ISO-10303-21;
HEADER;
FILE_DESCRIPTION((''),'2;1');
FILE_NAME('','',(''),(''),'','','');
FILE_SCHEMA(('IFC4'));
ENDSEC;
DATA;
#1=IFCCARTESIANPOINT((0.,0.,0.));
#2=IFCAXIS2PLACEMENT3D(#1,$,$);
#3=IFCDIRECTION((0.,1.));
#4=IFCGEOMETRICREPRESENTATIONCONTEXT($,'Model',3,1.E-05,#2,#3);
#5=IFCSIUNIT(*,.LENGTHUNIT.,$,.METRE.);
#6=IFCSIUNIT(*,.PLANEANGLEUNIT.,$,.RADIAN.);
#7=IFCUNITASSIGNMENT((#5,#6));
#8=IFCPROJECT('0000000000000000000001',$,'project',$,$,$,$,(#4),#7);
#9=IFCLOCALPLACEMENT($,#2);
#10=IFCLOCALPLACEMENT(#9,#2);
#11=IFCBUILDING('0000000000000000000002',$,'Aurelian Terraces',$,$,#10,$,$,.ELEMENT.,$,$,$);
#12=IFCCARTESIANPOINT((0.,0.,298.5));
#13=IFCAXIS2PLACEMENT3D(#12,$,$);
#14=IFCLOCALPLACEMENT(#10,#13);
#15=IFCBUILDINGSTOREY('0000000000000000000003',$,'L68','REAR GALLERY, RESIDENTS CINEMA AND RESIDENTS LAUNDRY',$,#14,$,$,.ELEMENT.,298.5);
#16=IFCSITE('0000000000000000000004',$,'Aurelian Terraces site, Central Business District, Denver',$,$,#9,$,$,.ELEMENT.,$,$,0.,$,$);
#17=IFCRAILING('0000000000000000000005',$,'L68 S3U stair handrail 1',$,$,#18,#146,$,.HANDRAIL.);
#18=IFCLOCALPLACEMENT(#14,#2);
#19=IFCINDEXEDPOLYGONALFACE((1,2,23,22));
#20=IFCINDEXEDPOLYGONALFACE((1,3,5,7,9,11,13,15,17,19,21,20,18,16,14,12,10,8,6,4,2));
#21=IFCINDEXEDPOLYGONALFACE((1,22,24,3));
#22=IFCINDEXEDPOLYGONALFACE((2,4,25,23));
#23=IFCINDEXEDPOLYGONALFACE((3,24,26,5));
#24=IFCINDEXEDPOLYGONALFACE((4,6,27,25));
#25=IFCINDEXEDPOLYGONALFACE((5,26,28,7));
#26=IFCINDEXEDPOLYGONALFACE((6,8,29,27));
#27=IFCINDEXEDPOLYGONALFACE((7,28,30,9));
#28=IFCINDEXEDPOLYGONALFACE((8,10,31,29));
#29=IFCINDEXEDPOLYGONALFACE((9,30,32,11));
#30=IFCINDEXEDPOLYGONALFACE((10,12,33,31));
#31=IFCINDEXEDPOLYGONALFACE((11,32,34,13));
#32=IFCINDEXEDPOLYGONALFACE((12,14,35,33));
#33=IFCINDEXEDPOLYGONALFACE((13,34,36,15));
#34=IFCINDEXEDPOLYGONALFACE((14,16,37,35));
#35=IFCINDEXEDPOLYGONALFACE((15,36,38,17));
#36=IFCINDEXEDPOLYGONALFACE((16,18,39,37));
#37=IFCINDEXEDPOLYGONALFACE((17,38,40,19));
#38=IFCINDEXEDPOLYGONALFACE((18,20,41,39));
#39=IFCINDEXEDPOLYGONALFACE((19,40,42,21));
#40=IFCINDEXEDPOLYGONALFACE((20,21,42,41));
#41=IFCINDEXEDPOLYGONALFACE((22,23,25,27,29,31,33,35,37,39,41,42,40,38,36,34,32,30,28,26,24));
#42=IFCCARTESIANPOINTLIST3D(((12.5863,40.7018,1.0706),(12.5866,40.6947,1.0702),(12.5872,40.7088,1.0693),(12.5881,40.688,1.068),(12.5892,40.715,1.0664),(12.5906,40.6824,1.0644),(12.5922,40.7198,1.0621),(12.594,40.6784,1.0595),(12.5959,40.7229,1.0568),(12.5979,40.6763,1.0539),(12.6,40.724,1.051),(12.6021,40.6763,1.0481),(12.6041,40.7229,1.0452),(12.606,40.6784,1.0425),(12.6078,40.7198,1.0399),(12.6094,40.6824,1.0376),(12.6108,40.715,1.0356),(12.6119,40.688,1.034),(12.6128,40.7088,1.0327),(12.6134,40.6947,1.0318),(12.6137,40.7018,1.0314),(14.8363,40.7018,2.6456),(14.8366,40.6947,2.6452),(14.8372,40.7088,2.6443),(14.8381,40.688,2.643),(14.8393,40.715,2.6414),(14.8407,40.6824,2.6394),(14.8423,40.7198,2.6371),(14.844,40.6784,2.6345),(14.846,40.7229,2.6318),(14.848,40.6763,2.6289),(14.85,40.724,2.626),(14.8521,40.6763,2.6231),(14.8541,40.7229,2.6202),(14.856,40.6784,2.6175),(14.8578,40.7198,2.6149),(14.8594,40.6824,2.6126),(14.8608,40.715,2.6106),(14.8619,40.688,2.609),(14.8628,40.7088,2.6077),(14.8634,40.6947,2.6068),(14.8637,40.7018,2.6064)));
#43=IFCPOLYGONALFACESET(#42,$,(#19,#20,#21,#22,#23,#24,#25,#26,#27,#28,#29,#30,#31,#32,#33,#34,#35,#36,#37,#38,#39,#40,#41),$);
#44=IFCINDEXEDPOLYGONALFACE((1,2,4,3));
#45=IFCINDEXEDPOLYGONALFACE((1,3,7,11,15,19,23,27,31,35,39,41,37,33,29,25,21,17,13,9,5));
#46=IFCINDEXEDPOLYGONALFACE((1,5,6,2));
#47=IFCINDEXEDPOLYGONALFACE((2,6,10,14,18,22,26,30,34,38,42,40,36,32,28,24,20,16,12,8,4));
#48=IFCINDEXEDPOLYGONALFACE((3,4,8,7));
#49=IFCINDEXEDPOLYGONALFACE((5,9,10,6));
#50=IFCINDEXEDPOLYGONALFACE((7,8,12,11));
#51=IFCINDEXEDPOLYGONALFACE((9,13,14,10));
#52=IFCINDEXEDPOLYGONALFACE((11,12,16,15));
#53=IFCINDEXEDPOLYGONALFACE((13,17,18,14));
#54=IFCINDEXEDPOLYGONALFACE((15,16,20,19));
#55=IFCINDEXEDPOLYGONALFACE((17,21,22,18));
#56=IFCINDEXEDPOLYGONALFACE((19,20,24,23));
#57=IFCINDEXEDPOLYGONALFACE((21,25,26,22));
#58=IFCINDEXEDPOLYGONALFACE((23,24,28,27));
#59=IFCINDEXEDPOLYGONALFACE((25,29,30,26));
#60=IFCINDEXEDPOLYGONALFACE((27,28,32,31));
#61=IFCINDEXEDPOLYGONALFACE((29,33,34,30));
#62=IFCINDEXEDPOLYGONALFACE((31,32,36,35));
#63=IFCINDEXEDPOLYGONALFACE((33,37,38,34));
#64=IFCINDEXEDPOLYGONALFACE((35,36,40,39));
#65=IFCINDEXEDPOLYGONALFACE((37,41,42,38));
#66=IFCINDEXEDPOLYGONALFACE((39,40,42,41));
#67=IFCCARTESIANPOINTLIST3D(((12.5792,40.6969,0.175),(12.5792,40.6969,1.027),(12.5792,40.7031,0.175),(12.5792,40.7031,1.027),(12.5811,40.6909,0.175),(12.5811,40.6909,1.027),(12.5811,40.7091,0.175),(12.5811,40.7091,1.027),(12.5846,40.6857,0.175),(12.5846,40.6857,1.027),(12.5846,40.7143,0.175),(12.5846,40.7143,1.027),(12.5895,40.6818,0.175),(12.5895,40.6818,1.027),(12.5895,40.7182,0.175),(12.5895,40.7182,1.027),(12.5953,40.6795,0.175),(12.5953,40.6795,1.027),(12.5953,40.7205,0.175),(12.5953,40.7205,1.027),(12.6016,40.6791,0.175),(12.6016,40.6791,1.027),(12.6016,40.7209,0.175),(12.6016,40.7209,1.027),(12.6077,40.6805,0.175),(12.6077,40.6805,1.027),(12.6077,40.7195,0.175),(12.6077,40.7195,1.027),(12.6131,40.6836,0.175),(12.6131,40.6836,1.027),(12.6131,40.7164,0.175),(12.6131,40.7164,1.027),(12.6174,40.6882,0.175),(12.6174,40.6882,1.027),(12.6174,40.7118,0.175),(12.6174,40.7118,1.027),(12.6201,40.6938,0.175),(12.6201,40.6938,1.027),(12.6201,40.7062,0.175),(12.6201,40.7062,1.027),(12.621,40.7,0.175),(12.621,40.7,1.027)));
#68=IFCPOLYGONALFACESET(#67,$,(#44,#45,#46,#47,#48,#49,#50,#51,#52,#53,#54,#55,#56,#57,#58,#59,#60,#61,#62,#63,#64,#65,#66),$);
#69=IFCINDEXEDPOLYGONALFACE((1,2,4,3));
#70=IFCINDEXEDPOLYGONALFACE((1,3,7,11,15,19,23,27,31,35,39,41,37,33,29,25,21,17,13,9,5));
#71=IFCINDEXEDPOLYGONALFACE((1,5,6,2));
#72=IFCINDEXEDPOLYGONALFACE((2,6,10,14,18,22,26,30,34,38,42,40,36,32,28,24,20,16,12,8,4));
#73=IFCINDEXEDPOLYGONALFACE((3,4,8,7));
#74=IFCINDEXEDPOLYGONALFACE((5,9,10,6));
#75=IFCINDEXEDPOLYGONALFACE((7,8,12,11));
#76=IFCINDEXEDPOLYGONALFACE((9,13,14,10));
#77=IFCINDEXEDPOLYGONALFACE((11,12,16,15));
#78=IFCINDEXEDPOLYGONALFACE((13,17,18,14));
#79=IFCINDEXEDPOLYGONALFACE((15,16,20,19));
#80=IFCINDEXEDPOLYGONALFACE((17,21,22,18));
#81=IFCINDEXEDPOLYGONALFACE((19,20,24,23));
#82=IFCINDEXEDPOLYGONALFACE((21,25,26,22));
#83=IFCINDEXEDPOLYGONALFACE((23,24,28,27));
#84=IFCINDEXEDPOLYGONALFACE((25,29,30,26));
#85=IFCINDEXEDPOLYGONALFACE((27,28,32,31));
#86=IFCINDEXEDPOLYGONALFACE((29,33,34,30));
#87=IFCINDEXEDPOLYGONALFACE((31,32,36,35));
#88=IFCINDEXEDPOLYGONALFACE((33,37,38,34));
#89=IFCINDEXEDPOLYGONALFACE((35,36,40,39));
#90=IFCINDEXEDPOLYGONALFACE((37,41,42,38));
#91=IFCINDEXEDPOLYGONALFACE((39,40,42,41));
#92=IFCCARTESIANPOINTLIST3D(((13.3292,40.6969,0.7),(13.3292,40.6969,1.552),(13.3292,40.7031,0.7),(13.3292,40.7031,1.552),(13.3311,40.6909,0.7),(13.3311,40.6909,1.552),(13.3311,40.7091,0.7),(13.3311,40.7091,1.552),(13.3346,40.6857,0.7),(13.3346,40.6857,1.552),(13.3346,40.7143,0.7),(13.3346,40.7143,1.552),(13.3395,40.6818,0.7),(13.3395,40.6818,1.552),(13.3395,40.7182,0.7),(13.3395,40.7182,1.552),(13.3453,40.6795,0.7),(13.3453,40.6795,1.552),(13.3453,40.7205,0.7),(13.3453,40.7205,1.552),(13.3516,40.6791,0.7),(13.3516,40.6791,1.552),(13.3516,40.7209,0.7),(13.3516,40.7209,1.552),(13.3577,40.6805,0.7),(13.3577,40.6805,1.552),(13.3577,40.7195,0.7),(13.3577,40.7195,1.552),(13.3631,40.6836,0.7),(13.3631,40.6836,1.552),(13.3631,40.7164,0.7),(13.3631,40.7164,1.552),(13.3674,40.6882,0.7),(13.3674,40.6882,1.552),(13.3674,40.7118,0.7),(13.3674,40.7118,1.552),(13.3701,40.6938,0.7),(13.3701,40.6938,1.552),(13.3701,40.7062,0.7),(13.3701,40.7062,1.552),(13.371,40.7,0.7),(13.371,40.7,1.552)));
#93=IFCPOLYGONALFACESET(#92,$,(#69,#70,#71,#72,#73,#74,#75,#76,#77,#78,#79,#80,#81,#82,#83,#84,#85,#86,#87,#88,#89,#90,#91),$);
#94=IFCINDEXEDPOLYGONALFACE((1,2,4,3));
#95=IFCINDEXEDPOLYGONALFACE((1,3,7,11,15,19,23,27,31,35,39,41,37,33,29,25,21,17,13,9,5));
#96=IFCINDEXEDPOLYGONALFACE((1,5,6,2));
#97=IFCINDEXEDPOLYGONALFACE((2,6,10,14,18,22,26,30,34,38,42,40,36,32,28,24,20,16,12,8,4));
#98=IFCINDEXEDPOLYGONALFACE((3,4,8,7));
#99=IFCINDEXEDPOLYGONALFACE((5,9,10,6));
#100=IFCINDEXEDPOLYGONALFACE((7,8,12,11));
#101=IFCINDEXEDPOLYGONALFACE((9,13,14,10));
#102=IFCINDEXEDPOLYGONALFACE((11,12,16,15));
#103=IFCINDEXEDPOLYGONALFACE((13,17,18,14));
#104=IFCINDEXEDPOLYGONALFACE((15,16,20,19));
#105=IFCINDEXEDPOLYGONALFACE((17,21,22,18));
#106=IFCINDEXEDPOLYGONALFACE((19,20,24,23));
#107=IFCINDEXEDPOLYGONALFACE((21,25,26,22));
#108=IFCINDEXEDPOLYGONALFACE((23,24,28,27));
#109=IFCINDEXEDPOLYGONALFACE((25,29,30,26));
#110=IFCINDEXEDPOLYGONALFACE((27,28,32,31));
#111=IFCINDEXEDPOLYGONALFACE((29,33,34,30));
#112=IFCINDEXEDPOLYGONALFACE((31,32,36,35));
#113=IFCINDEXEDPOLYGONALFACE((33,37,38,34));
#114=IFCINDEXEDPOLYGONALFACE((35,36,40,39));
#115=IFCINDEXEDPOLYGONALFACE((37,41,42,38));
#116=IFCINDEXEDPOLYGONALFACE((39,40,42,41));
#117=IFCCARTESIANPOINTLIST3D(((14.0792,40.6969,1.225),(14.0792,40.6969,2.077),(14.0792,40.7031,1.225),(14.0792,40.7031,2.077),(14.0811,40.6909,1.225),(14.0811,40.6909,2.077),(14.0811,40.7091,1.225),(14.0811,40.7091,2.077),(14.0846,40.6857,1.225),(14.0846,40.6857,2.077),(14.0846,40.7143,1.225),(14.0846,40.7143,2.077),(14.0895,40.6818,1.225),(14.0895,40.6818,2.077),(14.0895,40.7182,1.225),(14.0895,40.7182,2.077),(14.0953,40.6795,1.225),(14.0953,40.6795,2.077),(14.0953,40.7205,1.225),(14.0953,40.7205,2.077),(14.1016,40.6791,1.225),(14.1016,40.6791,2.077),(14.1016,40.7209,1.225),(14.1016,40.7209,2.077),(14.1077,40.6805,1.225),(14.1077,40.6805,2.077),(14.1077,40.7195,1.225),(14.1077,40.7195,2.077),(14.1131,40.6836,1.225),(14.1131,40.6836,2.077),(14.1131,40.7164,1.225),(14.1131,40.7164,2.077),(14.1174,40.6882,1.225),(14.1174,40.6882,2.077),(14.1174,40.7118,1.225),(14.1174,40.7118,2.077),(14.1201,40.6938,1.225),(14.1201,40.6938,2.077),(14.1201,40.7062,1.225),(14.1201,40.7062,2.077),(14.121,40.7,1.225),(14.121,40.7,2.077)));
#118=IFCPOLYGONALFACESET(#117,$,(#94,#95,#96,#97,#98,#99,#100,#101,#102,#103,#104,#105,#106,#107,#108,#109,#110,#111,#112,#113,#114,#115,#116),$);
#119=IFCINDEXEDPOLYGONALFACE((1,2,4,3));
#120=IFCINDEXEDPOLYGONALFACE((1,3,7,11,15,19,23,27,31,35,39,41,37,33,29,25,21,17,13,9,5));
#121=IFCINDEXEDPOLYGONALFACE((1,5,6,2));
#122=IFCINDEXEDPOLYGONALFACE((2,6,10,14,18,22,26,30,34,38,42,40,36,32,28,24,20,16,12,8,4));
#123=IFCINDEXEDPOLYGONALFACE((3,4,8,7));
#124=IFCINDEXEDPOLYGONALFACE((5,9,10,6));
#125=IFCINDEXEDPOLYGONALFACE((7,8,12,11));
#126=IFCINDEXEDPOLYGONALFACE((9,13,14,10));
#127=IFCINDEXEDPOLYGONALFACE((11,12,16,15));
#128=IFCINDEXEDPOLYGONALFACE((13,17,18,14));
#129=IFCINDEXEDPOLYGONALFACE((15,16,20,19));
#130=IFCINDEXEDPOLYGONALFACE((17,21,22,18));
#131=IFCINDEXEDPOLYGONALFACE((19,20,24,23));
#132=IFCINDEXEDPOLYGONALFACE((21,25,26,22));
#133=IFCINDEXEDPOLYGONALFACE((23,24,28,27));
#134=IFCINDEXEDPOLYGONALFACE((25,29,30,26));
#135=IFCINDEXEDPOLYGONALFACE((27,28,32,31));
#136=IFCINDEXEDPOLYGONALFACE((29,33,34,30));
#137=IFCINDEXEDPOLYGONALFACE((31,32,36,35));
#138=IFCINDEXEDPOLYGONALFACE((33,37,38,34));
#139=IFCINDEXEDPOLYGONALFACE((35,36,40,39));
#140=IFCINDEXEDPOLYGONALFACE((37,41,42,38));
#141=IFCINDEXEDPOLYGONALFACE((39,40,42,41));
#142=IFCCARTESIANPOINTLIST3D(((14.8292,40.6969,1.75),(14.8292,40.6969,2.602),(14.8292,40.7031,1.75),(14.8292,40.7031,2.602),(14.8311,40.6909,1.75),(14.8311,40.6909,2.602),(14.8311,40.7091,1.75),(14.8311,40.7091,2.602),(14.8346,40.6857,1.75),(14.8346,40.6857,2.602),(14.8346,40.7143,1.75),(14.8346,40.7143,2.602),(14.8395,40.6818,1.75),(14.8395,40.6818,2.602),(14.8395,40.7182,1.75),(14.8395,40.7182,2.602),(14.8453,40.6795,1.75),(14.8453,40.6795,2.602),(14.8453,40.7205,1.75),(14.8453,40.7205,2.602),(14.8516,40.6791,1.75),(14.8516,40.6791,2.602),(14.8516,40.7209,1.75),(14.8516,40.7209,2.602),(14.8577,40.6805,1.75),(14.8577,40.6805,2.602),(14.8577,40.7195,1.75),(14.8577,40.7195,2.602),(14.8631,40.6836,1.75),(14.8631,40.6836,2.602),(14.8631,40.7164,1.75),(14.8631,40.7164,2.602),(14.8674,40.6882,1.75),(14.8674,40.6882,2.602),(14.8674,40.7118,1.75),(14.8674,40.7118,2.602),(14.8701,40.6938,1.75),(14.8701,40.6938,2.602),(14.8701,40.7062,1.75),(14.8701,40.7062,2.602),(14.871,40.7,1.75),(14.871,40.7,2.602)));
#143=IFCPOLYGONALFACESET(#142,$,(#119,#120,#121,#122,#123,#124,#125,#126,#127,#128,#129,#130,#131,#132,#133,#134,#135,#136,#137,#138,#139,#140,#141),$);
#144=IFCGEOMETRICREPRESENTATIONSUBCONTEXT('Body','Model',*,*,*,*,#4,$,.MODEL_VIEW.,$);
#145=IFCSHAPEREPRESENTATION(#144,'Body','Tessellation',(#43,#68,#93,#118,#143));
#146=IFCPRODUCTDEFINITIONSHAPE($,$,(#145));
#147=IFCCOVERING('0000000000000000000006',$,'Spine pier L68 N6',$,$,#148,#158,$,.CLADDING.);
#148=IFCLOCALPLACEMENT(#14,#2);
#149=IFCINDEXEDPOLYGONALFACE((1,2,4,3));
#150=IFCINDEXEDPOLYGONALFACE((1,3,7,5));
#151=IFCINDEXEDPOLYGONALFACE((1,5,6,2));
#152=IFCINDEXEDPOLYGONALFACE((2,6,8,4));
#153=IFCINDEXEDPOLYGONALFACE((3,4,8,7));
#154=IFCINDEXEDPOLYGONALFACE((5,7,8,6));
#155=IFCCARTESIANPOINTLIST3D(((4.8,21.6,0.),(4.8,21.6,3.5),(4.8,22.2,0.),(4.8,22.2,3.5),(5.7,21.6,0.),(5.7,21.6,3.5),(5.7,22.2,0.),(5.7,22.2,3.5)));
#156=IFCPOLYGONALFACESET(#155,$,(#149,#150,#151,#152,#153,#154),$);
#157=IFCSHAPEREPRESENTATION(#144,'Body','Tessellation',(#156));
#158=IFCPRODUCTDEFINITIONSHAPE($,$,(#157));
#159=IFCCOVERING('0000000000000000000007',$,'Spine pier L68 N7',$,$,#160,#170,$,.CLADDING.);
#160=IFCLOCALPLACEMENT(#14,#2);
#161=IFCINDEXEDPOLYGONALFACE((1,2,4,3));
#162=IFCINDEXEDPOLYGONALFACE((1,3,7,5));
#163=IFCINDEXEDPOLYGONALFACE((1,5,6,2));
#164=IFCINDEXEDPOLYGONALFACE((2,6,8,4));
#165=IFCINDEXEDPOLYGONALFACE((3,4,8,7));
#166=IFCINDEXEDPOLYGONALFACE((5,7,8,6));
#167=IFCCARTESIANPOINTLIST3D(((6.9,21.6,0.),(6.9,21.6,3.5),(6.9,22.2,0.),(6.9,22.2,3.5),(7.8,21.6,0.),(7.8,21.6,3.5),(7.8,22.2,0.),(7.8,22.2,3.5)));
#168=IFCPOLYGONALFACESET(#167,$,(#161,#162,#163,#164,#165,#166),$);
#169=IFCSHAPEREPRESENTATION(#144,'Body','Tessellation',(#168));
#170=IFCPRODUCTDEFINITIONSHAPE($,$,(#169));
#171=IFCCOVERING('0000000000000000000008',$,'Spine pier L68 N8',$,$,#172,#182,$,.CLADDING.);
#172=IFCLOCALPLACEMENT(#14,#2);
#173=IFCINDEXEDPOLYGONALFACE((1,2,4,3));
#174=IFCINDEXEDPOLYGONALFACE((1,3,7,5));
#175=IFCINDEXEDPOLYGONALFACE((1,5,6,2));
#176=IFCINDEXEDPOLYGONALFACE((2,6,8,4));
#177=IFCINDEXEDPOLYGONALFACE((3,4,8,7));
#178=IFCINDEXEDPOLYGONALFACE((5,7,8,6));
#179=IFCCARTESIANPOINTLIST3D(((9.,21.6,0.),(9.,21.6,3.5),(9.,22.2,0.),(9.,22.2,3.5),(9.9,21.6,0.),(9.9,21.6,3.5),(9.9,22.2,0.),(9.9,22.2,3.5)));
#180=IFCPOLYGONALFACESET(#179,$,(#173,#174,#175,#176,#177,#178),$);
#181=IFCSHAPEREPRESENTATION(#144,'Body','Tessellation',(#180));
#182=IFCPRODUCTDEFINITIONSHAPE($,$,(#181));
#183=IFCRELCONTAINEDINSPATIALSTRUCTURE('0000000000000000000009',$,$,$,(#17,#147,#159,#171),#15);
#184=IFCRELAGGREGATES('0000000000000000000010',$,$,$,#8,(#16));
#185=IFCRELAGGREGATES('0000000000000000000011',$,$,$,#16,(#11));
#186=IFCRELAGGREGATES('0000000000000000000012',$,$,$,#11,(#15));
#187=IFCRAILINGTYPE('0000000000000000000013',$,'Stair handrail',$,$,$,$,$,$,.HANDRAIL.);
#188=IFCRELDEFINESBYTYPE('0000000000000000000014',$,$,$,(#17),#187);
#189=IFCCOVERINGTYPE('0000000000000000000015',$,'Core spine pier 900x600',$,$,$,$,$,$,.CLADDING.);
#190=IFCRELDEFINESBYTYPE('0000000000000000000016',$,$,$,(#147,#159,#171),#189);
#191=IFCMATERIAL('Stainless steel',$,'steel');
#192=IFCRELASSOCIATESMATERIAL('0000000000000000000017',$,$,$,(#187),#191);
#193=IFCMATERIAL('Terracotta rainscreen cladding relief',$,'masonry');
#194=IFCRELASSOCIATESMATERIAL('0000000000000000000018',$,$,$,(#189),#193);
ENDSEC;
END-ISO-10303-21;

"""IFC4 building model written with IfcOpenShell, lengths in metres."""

from ifc_helpers import new_model, si_unit, direction, frame, origin, origin_2d, place, context, subcontext, project, spatial, rectangle, circle, extrude, source, transform, mapped, material, type_object, element, save


model = new_model("IFC4")

# Units and contexts
model_context = context("Model", 3, precision=1e-05, world=origin(), true_north=direction((0.0, 1.0)))
body_context = subcontext(model_context, "Body", "Model", "MODEL_VIEW")
ifc_project = project(units=[si_unit("LENGTHUNIT", "METRE"), si_unit("PLANEANGLEUNIT", "RADIAN")], contexts=[model_context])

# Site, building, storey
site_placement = place(None, origin())
site = spatial("IfcSite", under=ifc_project, at=site_placement, Name="Aurelian Terraces site, Central Business District, Denver", CompositionType="ELEMENT", RefElevation=0.0)
building_placement = place(site_placement, origin())
building = spatial("IfcBuilding", under=site, at=building_placement, Name="Aurelian Terraces", CompositionType="ELEMENT")
storey_placement = place(building_placement, frame((0.0, 0.0, 298.5)))
storey = spatial("IfcBuildingStorey", under=building, at=storey_placement, Name="L68", Description="REAR GALLERY, RESIDENTS CINEMA AND RESIDENTS LAUNDRY", CompositionType="ELEMENT", Elevation=298.5)

# Shared definitions
ifc_material_1 = material(Name="Terracotta rainscreen cladding relief", Category="masonry")

# Railing
ifc_material_2 = material(Name="Stainless steel", Category="steel")
railing_type_1 = type_object("IfcRailingType", Name="Stair handrail", PredefinedType="HANDRAIL", material=ifc_material_2)
shared_shape_1 = source(origin(), body_context, "Body", "SweptSolid", [
    extrude(circle(Radius=0.024, at=origin_2d()), frame((0.0, 0.0, 0.876), z_axis=(0.819232, 0.0, 0.573462), x_axis=(0.0, 1.0, 0.0)), (0.0, 0.0, 1.0), 2.7465),
    extrude(circle(Radius=0.021, at=origin_2d()), origin(), (0.0, 0.0, 1.0), 0.852),
    extrude(circle(Radius=0.021, at=origin_2d()), frame((0.75, 0.0, 0.525)), (0.0, 0.0, 1.0), 0.852),
    extrude(circle(Radius=0.021, at=origin_2d()), frame((1.5, 0.0, 1.05)), (0.0, 0.0, 1.0), 0.852),
    extrude(circle(Radius=0.021, at=origin_2d()), frame((2.25, 0.0, 1.575)), (0.0, 0.0, 1.0), 0.852),
])
railing_1_placement = place(storey_placement, frame((12.6, 40.7, 0.175)))
element("IfcRailing", 1, at=railing_1_placement, inside=storey, type_object=railing_type_1, Name="L68 S3U stair handrail 1", PredefinedType="HANDRAIL", context=body_context, shape_type="MappedRepresentation", body=[
    mapped(shared_shape_1, transform((0.0, 0.0, 0.0), scale=1.0)),
])

# Coverings
covering_type_1 = type_object("IfcCoveringType", Name="Core spine pier 900x600", PredefinedType="CLADDING", material=ifc_material_1)
shared_shape_2 = source(origin(), body_context, "Body", "SweptSolid", [
    extrude(rectangle(XDim=0.9, YDim=0.6, at=origin_2d()), origin(), (0.0, 0.0, 1.0), 3.5),
])
for number, where, z_axis, x_axis, name in (
    (2, (5.25, 21.9, 0.0), (0.0, 0.0, 1.0), (1.0, 0.0, 0.0), "Spine pier L68 N6"),
    (3, (7.35, 21.9, 0.0), (0.0, 0.0, 1.0), (1.0, 0.0, 0.0), "Spine pier L68 N7"),
    (4, (9.45, 21.9, 0.0), (0.0, 0.0, 1.0), (1.0, 0.0, 0.0), "Spine pier L68 N8"),
):
    element("IfcCovering", number, at=place(storey_placement, frame(where, z_axis=z_axis, x_axis=x_axis)), inside=storey, type_object=covering_type_1, Name=name, PredefinedType="CLADDING", context=body_context, shape_type="MappedRepresentation", body=[
        mapped(shared_shape_2, transform((0.0, 0.0, 0.0), scale=1.0)),
    ])

save(model, "model.ifc")
